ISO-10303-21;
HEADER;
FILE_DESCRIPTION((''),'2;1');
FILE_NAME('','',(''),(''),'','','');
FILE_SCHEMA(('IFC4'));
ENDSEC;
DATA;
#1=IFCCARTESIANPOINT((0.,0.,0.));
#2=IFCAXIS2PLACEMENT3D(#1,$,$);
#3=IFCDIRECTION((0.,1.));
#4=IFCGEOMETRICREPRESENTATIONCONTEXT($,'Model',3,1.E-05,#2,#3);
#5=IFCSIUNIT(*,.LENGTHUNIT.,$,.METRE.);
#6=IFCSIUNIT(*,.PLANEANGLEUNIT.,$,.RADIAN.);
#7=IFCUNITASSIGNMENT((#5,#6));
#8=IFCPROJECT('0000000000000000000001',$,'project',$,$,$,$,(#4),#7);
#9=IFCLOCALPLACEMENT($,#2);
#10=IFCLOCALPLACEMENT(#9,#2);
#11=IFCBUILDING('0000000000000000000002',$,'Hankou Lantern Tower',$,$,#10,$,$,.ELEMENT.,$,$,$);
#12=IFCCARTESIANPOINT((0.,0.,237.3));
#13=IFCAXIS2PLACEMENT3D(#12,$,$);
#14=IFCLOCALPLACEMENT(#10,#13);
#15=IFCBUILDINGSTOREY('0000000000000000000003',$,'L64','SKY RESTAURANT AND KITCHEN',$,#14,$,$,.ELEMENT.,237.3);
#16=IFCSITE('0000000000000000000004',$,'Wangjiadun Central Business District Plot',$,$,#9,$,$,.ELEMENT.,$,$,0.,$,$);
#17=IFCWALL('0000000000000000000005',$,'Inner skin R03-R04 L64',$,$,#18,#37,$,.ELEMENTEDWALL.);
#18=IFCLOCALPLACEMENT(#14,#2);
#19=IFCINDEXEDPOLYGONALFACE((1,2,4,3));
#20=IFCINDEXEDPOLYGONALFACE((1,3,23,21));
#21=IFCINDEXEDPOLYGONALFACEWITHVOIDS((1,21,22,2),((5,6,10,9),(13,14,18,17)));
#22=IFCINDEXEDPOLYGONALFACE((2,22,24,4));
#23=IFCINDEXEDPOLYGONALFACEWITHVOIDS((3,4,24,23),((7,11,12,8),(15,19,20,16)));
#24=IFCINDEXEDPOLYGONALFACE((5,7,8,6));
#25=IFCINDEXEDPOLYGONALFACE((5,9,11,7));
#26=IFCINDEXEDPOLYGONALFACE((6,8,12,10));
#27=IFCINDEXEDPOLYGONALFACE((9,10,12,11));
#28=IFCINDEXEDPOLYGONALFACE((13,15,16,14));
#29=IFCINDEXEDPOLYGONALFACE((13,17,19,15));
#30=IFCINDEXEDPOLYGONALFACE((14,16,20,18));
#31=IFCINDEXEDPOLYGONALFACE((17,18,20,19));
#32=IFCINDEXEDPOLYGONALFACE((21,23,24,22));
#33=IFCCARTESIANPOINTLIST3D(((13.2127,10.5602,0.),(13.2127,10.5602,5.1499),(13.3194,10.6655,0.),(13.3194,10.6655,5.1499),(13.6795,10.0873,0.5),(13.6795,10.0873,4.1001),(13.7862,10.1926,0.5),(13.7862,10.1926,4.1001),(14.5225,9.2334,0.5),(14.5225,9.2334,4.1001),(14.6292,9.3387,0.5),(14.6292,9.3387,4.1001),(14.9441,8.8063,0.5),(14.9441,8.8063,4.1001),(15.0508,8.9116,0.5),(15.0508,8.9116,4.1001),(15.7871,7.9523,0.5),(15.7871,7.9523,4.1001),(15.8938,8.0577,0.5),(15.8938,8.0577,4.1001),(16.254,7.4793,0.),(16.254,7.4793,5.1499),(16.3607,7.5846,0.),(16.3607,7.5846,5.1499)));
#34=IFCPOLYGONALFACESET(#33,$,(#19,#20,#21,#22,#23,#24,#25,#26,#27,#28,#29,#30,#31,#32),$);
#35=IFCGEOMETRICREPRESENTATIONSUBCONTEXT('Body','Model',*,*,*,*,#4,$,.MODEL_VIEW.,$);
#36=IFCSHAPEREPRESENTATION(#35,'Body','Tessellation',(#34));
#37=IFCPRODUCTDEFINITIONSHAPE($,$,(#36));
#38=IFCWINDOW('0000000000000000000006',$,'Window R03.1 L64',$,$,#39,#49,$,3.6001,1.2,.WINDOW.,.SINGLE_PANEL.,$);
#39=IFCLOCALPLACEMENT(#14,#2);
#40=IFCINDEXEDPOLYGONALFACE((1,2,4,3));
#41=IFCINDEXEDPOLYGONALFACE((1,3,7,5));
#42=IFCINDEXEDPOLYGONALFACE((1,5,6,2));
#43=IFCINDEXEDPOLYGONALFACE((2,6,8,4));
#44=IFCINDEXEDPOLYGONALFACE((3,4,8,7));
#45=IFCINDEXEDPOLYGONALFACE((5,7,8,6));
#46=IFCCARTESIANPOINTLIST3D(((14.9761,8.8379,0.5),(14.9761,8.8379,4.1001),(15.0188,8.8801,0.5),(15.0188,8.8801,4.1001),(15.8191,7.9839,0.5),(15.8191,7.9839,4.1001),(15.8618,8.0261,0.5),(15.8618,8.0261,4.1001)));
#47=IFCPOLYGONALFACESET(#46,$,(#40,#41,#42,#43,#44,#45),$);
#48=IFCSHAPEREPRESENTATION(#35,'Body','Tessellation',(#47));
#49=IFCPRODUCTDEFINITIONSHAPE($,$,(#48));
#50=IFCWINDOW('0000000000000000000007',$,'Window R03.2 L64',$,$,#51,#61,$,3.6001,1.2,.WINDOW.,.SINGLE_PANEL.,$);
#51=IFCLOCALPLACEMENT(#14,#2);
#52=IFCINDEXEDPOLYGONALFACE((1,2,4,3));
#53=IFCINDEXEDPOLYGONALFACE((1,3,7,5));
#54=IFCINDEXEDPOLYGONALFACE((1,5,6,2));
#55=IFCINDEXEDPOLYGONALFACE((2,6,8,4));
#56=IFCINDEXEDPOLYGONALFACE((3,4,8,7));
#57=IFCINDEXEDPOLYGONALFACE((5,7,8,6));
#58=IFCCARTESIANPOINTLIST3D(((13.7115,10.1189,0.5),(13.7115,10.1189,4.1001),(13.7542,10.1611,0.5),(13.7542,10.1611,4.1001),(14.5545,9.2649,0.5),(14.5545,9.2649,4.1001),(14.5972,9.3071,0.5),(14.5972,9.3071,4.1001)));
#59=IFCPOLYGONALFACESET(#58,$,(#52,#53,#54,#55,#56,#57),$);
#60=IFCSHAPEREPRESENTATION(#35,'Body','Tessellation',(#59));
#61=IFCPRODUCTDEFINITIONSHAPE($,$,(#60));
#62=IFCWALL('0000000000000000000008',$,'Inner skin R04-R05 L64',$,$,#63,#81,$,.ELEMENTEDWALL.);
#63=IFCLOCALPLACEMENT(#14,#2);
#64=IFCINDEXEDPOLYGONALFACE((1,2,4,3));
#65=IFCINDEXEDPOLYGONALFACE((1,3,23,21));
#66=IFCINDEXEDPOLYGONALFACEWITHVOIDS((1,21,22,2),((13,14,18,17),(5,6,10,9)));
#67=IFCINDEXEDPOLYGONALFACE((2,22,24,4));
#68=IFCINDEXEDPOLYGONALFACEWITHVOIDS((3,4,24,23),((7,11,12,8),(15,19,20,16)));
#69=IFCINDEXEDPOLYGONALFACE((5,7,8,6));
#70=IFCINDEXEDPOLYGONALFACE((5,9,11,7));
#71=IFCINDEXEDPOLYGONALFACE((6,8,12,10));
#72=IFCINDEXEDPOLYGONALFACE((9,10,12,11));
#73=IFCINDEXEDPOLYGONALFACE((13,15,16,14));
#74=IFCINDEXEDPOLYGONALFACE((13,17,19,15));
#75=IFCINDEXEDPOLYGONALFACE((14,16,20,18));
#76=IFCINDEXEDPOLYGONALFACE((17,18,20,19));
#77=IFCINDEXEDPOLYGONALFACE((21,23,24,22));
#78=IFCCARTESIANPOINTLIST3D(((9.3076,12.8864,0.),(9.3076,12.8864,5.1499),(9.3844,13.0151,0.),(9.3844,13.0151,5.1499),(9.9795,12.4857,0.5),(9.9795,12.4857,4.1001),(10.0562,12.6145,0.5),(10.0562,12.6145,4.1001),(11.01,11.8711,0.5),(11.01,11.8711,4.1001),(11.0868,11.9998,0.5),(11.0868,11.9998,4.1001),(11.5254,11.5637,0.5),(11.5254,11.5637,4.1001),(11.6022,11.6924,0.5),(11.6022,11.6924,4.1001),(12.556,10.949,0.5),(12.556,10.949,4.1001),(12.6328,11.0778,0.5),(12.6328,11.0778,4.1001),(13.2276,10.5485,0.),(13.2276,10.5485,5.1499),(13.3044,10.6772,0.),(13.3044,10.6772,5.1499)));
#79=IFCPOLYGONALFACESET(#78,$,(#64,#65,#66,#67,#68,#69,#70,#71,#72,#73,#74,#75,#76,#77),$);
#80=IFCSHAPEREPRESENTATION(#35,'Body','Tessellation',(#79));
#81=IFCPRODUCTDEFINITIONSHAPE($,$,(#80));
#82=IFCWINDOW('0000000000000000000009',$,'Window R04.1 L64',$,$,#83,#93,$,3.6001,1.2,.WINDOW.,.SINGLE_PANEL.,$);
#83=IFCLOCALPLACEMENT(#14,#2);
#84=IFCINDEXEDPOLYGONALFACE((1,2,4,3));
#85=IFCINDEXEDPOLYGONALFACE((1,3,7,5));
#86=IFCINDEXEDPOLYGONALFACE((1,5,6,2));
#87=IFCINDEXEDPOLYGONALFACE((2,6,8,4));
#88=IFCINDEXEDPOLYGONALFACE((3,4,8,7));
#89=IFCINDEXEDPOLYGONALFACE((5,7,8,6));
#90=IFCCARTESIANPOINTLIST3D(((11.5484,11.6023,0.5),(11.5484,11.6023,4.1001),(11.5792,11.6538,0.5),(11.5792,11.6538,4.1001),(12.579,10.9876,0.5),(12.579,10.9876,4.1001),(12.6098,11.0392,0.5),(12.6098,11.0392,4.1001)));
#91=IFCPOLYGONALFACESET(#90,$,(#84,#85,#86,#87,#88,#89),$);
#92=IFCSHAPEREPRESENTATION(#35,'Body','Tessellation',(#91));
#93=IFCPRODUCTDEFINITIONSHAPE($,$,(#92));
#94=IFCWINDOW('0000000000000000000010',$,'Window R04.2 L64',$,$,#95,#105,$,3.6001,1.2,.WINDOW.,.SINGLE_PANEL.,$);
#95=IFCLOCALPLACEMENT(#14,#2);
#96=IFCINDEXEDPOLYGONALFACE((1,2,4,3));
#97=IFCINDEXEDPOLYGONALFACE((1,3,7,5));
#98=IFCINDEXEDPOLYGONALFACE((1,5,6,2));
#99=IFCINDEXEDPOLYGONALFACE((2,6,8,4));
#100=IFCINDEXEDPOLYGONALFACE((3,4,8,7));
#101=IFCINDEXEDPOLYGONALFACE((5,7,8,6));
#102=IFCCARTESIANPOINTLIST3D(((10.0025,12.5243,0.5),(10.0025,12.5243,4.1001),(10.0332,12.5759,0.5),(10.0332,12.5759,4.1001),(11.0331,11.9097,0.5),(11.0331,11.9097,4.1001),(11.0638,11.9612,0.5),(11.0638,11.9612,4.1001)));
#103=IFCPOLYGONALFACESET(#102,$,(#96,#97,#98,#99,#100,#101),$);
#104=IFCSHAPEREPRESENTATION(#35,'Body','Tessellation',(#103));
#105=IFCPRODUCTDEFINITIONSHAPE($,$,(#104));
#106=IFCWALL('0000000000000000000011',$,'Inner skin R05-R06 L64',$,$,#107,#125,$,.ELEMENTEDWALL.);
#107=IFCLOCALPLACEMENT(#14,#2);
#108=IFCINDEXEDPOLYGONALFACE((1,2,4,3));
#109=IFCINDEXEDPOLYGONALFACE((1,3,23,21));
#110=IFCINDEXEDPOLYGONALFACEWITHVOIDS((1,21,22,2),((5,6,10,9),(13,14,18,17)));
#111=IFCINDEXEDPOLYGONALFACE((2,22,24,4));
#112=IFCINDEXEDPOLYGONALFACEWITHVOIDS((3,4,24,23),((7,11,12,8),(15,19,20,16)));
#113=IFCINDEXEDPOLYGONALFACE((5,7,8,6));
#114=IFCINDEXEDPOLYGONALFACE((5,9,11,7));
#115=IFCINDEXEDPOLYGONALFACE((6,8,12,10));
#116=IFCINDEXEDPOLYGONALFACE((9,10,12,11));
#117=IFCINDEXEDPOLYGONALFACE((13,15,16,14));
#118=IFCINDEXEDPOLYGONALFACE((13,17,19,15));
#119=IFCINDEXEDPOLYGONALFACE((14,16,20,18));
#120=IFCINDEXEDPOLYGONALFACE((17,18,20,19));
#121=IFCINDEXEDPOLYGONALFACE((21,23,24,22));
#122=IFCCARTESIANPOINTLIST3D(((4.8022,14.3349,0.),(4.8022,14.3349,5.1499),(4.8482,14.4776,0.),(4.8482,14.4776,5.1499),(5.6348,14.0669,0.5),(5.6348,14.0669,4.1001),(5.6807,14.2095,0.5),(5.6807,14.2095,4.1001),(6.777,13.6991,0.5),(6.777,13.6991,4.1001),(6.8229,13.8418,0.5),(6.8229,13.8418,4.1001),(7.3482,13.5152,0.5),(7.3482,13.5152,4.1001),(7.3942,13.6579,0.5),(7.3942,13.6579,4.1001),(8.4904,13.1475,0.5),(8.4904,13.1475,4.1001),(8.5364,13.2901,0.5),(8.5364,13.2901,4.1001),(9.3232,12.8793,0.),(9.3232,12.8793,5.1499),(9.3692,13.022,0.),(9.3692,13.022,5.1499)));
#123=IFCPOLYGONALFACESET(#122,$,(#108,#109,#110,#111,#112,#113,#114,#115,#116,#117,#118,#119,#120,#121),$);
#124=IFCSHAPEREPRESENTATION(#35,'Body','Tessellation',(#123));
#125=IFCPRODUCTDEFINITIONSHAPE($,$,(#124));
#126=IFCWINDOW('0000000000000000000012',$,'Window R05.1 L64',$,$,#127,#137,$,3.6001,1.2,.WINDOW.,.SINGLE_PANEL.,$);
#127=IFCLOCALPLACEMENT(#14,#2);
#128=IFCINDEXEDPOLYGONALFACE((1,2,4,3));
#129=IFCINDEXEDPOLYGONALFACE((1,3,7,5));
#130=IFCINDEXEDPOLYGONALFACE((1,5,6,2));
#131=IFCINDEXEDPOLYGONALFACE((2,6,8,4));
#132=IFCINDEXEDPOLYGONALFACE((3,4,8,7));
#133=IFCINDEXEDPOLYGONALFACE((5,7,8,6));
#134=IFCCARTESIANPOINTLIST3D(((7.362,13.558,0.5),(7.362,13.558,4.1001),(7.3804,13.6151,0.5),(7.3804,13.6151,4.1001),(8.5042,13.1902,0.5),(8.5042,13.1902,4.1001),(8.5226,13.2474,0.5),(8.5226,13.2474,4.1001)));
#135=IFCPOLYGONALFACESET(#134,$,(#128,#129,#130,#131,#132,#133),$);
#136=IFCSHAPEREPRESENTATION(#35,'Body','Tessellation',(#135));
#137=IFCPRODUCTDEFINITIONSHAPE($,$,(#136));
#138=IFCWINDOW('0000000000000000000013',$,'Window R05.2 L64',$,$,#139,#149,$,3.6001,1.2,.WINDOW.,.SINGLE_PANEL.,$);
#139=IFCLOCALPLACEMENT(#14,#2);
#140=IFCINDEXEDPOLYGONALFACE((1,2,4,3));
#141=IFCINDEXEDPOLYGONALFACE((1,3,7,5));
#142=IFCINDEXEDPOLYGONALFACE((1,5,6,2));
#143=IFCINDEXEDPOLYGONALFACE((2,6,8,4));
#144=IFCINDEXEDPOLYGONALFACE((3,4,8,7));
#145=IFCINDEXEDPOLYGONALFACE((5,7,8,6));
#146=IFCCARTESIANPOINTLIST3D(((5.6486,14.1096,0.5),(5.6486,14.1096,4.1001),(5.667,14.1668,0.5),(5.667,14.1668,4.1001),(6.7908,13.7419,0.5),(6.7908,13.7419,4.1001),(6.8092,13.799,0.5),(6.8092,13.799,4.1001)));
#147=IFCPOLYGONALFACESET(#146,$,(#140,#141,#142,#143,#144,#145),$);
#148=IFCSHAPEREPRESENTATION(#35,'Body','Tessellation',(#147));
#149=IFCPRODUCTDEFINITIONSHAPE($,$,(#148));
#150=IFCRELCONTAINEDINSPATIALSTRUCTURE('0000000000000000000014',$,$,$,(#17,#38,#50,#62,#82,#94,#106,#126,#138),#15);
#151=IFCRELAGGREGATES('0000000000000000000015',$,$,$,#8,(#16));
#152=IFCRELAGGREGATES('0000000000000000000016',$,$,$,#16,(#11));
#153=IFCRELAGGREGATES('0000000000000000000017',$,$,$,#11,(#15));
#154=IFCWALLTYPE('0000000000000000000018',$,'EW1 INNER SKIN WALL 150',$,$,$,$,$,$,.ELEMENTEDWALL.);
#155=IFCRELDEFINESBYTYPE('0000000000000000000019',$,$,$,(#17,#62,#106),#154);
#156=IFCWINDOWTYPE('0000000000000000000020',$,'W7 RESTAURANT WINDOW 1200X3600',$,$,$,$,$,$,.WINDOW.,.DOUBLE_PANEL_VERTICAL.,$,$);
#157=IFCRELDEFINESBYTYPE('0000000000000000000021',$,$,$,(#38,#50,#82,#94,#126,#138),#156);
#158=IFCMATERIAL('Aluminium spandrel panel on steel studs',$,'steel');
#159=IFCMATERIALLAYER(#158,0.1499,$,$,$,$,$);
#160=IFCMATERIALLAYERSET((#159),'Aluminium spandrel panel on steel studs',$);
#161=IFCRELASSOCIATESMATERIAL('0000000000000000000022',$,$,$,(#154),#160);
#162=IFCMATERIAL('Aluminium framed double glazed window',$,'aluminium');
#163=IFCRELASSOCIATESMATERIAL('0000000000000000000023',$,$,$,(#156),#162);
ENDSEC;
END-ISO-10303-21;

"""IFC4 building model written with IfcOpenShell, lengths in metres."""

from ifc_helpers import new_model, si_unit, direction, frame, frame_2d, origin, place, context, subcontext, project, spatial, rectangle, extrude, material, layer, layer_set, type_object, element, fill, save


model = new_model("IFC4")

# Units and contexts
model_context = context("Model", 3, precision=1e-05, world=origin(), true_north=direction((0.0, 1.0)))
body_context = subcontext(model_context, "Body", "Model", "MODEL_VIEW")
ifc_project = project(units=[si_unit("LENGTHUNIT", "METRE"), si_unit("PLANEANGLEUNIT", "RADIAN")], contexts=[model_context])

# Site, building, storey
site_placement = place(None, origin())
site = spatial("IfcSite", under=ifc_project, at=site_placement, Name="Wangjiadun Central Business District Plot", CompositionType="ELEMENT", RefElevation=0.0)
building_placement = place(site_placement, origin())
building = spatial("IfcBuilding", under=site, at=building_placement, Name="Hankou Lantern Tower", CompositionType="ELEMENT")
storey_placement = place(building_placement, frame((0.0, 0.0, 237.3)))
storey = spatial("IfcBuildingStorey", under=building, at=storey_placement, Name="L64", Description="SKY RESTAURANT AND KITCHEN", CompositionType="ELEMENT", Elevation=237.3)

# Walls, openings, windows
ifc_material_1 = material(Name="Aluminium spandrel panel on steel studs", Category="steel")
ifc_layer_1 = layer(ifc_material_1, 0.1499)
ifc_layer_set_1 = layer_set([ifc_layer_1], Name="Aluminium spandrel panel on steel studs")
wall_type = type_object("IfcWallType", Name="EW1 INNER SKIN WALL 150", PredefinedType="ELEMENTEDWALL", material=ifc_layer_set_1)
wall_1_placement = place(storey_placement, frame((16.3074, 7.532, 0.0), z_axis=(0.0, 0.0, 1.0), x_axis=(-0.702524, 0.71166, 0.0)))
wall_1 = element("IfcWall", 1, at=wall_1_placement, inside=storey, type_object=wall_type, Name="Inner skin R03-R04 L64", PredefinedType="ELEMENTEDWALL", context=body_context, shape_type="SweptSolid", body=[
    extrude(rectangle(XDim=4.3291, YDim=0.1499, at=frame_2d((2.1646, 0.0))), origin(), (0.0, 0.0, 1.0), 5.1499),
])
opening_1_placement = place(wall_1_placement, frame((0.6646, 0.0, 0.5)))
opening_1 = element("IfcOpeningElement", 2, at=opening_1_placement, cuts=wall_1, PredefinedType="OPENING", context=body_context, shape_type="SweptSolid", body=[
    extrude(rectangle(XDim=1.2, YDim=3.6001, at=frame_2d((0.6001, 1.8))), frame((0.0, 0.085, 0.0), z_axis=(0.0, -1.0, 0.0), x_axis=(1.0, 0.0, 0.0)), (0.0, 0.0, 1.0), 0.1699),
])
opening_2_placement = place(wall_1_placement, frame((2.4646, 0.0, 0.5)))
opening_2 = element("IfcOpeningElement", 3, at=opening_2_placement, cuts=wall_1, PredefinedType="OPENING", context=body_context, shape_type="SweptSolid", body=[
    extrude(rectangle(XDim=1.2, YDim=3.6001, at=frame_2d((0.6001, 1.8))), frame((0.0, 0.085, 0.0), z_axis=(0.0, -1.0, 0.0), x_axis=(1.0, 0.0, 0.0)), (0.0, 0.0, 1.0), 0.1699),
])
ifc_material_2 = material(Name="Aluminium framed double glazed window", Category="aluminium")
window_type = type_object("IfcWindowType", Name="W7 RESTAURANT WINDOW 1200X3600", PartitioningType="DOUBLE_PANEL_VERTICAL", PredefinedType="WINDOW", material=ifc_material_2)
window_1_placement = place(opening_1_placement, origin())
window_1 = element("IfcWindow", 4, at=window_1_placement, inside=storey, type_object=window_type, Name="Window R03.1 L64", OverallHeight=3.6001, OverallWidth=1.2, PartitioningType="SINGLE_PANEL", PredefinedType="WINDOW", context=body_context, shape_type="SweptSolid", body=[
    extrude(rectangle(XDim=1.2, YDim=3.6001, at=frame_2d((0.6001, 1.8))), frame((0.0, 0.03, 0.0), z_axis=(0.0, -1.0, 0.0), x_axis=(1.0, 0.0, 0.0)), (0.0, 0.0, 1.0), 0.0601),
])
fill(opening_1, window_1)
window_2_placement = place(opening_2_placement, origin())
window_2 = element("IfcWindow", 5, at=window_2_placement, inside=storey, type_object=window_type, Name="Window R03.2 L64", OverallHeight=3.6001, OverallWidth=1.2, PartitioningType="SINGLE_PANEL", PredefinedType="WINDOW", context=body_context, shape_type="SweptSolid", body=[
    extrude(rectangle(XDim=1.2, YDim=3.6001, at=frame_2d((0.6001, 1.8))), frame((0.0, 0.03, 0.0), z_axis=(0.0, -1.0, 0.0), x_axis=(1.0, 0.0, 0.0)), (0.0, 0.0, 1.0), 0.0601),
])
fill(opening_2, window_2)
wall_2_placement = place(storey_placement, frame((13.2661, 10.6128, 0.0), z_axis=(0.0, 0.0, 1.0), x_axis=(-0.858849, 0.512228, 0.0)))
wall_2 = element("IfcWall", 6, at=wall_2_placement, inside=storey, type_object=wall_type, Name="Inner skin R04-R05 L64", PredefinedType="ELEMENTEDWALL", context=body_context, shape_type="SweptSolid", body=[
    extrude(rectangle(XDim=4.5642, YDim=0.1499, at=frame_2d((2.2822, 0.0))), origin(), (0.0, 0.0, 1.0), 5.1499),
])
opening_3_placement = place(wall_2_placement, frame((0.782, 0.0, 0.5)))
opening_3 = element("IfcOpeningElement", 7, at=opening_3_placement, cuts=wall_2, PredefinedType="OPENING", context=body_context, shape_type="SweptSolid", body=[
    extrude(rectangle(XDim=1.2, YDim=3.6001, at=frame_2d((0.6001, 1.8))), frame((0.0, 0.085, 0.0), z_axis=(0.0, -1.0, 0.0), x_axis=(1.0, 0.0, 0.0)), (0.0, 0.0, 1.0), 0.1699),
])
opening_4_placement = place(wall_2_placement, frame((2.582, 0.0, 0.5)))
opening_4 = element("IfcOpeningElement", 8, at=opening_4_placement, cuts=wall_2, PredefinedType="OPENING", context=body_context, shape_type="SweptSolid", body=[
    extrude(rectangle(XDim=1.2, YDim=3.6001, at=frame_2d((0.6001, 1.8))), frame((0.0, 0.085, 0.0), z_axis=(0.0, -1.0, 0.0), x_axis=(1.0, 0.0, 0.0)), (0.0, 0.0, 1.0), 0.1699),
])
window_3_placement = place(opening_3_placement, origin())
window_3 = element("IfcWindow", 9, at=window_3_placement, inside=storey, type_object=window_type, Name="Window R04.1 L64", OverallHeight=3.6001, OverallWidth=1.2, PartitioningType="SINGLE_PANEL", PredefinedType="WINDOW", context=body_context, shape_type="SweptSolid", body=[
    extrude(rectangle(XDim=1.2, YDim=3.6001, at=frame_2d((0.6001, 1.8))), frame((0.0, 0.03, 0.0), z_axis=(0.0, -1.0, 0.0), x_axis=(1.0, 0.0, 0.0)), (0.0, 0.0, 1.0), 0.0601),
])
fill(opening_3, window_3)
window_4_placement = place(opening_4_placement, origin())
window_4 = element("IfcWindow", 10, at=window_4_placement, inside=storey, type_object=window_type, Name="Window R04.2 L64", OverallHeight=3.6001, OverallWidth=1.2, PartitioningType="SINGLE_PANEL", PredefinedType="WINDOW", context=body_context, shape_type="SweptSolid", body=[
    extrude(rectangle(XDim=1.2, YDim=3.6001, at=frame_2d((0.6001, 1.8))), frame((0.0, 0.03, 0.0), z_axis=(0.0, -1.0, 0.0), x_axis=(1.0, 0.0, 0.0)), (0.0, 0.0, 1.0), 0.0601),
])
fill(opening_4, window_4)
wall_3_placement = place(storey_placement, frame((9.3462, 12.9507, 0.0), z_axis=(0.0, 0.0, 1.0), x_axis=(-0.951882, 0.306465, 0.0)))
wall_3 = element("IfcWall", 11, at=wall_3_placement, inside=storey, type_object=wall_type, Name="Inner skin R05-R06 L64", PredefinedType="ELEMENTEDWALL", context=body_context, shape_type="SweptSolid", body=[
    extrude(rectangle(XDim=4.7495, YDim=0.1499, at=frame_2d((2.3748, 0.0))), origin(), (0.0, 0.0, 1.0), 5.1499),
])
opening_5_placement = place(wall_3_placement, frame((0.8748, 0.0, 0.5)))
opening_5 = element("IfcOpeningElement", 12, at=opening_5_placement, cuts=wall_3, PredefinedType="OPENING", context=body_context, shape_type="SweptSolid", body=[
    extrude(rectangle(XDim=1.2, YDim=3.6001, at=frame_2d((0.6001, 1.8))), frame((0.0, 0.085, 0.0), z_axis=(0.0, -1.0, 0.0), x_axis=(1.0, 0.0, 0.0)), (0.0, 0.0, 1.0), 0.1699),
])
opening_6_placement = place(wall_3_placement, frame((2.6748, 0.0, 0.5)))
opening_6 = element("IfcOpeningElement", 13, at=opening_6_placement, cuts=wall_3, PredefinedType="OPENING", context=body_context, shape_type="SweptSolid", body=[
    extrude(rectangle(XDim=1.2, YDim=3.6001, at=frame_2d((0.6001, 1.8))), frame((0.0, 0.085, 0.0), z_axis=(0.0, -1.0, 0.0), x_axis=(1.0, 0.0, 0.0)), (0.0, 0.0, 1.0), 0.1699),
])
window_5_placement = place(opening_5_placement, origin())
window_5 = element("IfcWindow", 14, at=window_5_placement, inside=storey, type_object=window_type, Name="Window R05.1 L64", OverallHeight=3.6001, OverallWidth=1.2, PartitioningType="SINGLE_PANEL", PredefinedType="WINDOW", context=body_context, shape_type="SweptSolid", body=[
    extrude(rectangle(XDim=1.2, YDim=3.6001, at=frame_2d((0.6001, 1.8))), frame((0.0, 0.03, 0.0), z_axis=(0.0, -1.0, 0.0), x_axis=(1.0, 0.0, 0.0)), (0.0, 0.0, 1.0), 0.0601),
])
fill(opening_5, window_5)
window_6_placement = place(opening_6_placement, origin())
window_6 = element("IfcWindow", 15, at=window_6_placement, inside=storey, type_object=window_type, Name="Window R05.2 L64", OverallHeight=3.6001, OverallWidth=1.2, PartitioningType="SINGLE_PANEL", PredefinedType="WINDOW", context=body_context, shape_type="SweptSolid", body=[
    extrude(rectangle(XDim=1.2, YDim=3.6001, at=frame_2d((0.6001, 1.8))), frame((0.0, 0.03, 0.0), z_axis=(0.0, -1.0, 0.0), x_axis=(1.0, 0.0, 0.0)), (0.0, 0.0, 1.0), 0.0601),
])
fill(opening_6, window_6)

save(model, "model.ifc")
